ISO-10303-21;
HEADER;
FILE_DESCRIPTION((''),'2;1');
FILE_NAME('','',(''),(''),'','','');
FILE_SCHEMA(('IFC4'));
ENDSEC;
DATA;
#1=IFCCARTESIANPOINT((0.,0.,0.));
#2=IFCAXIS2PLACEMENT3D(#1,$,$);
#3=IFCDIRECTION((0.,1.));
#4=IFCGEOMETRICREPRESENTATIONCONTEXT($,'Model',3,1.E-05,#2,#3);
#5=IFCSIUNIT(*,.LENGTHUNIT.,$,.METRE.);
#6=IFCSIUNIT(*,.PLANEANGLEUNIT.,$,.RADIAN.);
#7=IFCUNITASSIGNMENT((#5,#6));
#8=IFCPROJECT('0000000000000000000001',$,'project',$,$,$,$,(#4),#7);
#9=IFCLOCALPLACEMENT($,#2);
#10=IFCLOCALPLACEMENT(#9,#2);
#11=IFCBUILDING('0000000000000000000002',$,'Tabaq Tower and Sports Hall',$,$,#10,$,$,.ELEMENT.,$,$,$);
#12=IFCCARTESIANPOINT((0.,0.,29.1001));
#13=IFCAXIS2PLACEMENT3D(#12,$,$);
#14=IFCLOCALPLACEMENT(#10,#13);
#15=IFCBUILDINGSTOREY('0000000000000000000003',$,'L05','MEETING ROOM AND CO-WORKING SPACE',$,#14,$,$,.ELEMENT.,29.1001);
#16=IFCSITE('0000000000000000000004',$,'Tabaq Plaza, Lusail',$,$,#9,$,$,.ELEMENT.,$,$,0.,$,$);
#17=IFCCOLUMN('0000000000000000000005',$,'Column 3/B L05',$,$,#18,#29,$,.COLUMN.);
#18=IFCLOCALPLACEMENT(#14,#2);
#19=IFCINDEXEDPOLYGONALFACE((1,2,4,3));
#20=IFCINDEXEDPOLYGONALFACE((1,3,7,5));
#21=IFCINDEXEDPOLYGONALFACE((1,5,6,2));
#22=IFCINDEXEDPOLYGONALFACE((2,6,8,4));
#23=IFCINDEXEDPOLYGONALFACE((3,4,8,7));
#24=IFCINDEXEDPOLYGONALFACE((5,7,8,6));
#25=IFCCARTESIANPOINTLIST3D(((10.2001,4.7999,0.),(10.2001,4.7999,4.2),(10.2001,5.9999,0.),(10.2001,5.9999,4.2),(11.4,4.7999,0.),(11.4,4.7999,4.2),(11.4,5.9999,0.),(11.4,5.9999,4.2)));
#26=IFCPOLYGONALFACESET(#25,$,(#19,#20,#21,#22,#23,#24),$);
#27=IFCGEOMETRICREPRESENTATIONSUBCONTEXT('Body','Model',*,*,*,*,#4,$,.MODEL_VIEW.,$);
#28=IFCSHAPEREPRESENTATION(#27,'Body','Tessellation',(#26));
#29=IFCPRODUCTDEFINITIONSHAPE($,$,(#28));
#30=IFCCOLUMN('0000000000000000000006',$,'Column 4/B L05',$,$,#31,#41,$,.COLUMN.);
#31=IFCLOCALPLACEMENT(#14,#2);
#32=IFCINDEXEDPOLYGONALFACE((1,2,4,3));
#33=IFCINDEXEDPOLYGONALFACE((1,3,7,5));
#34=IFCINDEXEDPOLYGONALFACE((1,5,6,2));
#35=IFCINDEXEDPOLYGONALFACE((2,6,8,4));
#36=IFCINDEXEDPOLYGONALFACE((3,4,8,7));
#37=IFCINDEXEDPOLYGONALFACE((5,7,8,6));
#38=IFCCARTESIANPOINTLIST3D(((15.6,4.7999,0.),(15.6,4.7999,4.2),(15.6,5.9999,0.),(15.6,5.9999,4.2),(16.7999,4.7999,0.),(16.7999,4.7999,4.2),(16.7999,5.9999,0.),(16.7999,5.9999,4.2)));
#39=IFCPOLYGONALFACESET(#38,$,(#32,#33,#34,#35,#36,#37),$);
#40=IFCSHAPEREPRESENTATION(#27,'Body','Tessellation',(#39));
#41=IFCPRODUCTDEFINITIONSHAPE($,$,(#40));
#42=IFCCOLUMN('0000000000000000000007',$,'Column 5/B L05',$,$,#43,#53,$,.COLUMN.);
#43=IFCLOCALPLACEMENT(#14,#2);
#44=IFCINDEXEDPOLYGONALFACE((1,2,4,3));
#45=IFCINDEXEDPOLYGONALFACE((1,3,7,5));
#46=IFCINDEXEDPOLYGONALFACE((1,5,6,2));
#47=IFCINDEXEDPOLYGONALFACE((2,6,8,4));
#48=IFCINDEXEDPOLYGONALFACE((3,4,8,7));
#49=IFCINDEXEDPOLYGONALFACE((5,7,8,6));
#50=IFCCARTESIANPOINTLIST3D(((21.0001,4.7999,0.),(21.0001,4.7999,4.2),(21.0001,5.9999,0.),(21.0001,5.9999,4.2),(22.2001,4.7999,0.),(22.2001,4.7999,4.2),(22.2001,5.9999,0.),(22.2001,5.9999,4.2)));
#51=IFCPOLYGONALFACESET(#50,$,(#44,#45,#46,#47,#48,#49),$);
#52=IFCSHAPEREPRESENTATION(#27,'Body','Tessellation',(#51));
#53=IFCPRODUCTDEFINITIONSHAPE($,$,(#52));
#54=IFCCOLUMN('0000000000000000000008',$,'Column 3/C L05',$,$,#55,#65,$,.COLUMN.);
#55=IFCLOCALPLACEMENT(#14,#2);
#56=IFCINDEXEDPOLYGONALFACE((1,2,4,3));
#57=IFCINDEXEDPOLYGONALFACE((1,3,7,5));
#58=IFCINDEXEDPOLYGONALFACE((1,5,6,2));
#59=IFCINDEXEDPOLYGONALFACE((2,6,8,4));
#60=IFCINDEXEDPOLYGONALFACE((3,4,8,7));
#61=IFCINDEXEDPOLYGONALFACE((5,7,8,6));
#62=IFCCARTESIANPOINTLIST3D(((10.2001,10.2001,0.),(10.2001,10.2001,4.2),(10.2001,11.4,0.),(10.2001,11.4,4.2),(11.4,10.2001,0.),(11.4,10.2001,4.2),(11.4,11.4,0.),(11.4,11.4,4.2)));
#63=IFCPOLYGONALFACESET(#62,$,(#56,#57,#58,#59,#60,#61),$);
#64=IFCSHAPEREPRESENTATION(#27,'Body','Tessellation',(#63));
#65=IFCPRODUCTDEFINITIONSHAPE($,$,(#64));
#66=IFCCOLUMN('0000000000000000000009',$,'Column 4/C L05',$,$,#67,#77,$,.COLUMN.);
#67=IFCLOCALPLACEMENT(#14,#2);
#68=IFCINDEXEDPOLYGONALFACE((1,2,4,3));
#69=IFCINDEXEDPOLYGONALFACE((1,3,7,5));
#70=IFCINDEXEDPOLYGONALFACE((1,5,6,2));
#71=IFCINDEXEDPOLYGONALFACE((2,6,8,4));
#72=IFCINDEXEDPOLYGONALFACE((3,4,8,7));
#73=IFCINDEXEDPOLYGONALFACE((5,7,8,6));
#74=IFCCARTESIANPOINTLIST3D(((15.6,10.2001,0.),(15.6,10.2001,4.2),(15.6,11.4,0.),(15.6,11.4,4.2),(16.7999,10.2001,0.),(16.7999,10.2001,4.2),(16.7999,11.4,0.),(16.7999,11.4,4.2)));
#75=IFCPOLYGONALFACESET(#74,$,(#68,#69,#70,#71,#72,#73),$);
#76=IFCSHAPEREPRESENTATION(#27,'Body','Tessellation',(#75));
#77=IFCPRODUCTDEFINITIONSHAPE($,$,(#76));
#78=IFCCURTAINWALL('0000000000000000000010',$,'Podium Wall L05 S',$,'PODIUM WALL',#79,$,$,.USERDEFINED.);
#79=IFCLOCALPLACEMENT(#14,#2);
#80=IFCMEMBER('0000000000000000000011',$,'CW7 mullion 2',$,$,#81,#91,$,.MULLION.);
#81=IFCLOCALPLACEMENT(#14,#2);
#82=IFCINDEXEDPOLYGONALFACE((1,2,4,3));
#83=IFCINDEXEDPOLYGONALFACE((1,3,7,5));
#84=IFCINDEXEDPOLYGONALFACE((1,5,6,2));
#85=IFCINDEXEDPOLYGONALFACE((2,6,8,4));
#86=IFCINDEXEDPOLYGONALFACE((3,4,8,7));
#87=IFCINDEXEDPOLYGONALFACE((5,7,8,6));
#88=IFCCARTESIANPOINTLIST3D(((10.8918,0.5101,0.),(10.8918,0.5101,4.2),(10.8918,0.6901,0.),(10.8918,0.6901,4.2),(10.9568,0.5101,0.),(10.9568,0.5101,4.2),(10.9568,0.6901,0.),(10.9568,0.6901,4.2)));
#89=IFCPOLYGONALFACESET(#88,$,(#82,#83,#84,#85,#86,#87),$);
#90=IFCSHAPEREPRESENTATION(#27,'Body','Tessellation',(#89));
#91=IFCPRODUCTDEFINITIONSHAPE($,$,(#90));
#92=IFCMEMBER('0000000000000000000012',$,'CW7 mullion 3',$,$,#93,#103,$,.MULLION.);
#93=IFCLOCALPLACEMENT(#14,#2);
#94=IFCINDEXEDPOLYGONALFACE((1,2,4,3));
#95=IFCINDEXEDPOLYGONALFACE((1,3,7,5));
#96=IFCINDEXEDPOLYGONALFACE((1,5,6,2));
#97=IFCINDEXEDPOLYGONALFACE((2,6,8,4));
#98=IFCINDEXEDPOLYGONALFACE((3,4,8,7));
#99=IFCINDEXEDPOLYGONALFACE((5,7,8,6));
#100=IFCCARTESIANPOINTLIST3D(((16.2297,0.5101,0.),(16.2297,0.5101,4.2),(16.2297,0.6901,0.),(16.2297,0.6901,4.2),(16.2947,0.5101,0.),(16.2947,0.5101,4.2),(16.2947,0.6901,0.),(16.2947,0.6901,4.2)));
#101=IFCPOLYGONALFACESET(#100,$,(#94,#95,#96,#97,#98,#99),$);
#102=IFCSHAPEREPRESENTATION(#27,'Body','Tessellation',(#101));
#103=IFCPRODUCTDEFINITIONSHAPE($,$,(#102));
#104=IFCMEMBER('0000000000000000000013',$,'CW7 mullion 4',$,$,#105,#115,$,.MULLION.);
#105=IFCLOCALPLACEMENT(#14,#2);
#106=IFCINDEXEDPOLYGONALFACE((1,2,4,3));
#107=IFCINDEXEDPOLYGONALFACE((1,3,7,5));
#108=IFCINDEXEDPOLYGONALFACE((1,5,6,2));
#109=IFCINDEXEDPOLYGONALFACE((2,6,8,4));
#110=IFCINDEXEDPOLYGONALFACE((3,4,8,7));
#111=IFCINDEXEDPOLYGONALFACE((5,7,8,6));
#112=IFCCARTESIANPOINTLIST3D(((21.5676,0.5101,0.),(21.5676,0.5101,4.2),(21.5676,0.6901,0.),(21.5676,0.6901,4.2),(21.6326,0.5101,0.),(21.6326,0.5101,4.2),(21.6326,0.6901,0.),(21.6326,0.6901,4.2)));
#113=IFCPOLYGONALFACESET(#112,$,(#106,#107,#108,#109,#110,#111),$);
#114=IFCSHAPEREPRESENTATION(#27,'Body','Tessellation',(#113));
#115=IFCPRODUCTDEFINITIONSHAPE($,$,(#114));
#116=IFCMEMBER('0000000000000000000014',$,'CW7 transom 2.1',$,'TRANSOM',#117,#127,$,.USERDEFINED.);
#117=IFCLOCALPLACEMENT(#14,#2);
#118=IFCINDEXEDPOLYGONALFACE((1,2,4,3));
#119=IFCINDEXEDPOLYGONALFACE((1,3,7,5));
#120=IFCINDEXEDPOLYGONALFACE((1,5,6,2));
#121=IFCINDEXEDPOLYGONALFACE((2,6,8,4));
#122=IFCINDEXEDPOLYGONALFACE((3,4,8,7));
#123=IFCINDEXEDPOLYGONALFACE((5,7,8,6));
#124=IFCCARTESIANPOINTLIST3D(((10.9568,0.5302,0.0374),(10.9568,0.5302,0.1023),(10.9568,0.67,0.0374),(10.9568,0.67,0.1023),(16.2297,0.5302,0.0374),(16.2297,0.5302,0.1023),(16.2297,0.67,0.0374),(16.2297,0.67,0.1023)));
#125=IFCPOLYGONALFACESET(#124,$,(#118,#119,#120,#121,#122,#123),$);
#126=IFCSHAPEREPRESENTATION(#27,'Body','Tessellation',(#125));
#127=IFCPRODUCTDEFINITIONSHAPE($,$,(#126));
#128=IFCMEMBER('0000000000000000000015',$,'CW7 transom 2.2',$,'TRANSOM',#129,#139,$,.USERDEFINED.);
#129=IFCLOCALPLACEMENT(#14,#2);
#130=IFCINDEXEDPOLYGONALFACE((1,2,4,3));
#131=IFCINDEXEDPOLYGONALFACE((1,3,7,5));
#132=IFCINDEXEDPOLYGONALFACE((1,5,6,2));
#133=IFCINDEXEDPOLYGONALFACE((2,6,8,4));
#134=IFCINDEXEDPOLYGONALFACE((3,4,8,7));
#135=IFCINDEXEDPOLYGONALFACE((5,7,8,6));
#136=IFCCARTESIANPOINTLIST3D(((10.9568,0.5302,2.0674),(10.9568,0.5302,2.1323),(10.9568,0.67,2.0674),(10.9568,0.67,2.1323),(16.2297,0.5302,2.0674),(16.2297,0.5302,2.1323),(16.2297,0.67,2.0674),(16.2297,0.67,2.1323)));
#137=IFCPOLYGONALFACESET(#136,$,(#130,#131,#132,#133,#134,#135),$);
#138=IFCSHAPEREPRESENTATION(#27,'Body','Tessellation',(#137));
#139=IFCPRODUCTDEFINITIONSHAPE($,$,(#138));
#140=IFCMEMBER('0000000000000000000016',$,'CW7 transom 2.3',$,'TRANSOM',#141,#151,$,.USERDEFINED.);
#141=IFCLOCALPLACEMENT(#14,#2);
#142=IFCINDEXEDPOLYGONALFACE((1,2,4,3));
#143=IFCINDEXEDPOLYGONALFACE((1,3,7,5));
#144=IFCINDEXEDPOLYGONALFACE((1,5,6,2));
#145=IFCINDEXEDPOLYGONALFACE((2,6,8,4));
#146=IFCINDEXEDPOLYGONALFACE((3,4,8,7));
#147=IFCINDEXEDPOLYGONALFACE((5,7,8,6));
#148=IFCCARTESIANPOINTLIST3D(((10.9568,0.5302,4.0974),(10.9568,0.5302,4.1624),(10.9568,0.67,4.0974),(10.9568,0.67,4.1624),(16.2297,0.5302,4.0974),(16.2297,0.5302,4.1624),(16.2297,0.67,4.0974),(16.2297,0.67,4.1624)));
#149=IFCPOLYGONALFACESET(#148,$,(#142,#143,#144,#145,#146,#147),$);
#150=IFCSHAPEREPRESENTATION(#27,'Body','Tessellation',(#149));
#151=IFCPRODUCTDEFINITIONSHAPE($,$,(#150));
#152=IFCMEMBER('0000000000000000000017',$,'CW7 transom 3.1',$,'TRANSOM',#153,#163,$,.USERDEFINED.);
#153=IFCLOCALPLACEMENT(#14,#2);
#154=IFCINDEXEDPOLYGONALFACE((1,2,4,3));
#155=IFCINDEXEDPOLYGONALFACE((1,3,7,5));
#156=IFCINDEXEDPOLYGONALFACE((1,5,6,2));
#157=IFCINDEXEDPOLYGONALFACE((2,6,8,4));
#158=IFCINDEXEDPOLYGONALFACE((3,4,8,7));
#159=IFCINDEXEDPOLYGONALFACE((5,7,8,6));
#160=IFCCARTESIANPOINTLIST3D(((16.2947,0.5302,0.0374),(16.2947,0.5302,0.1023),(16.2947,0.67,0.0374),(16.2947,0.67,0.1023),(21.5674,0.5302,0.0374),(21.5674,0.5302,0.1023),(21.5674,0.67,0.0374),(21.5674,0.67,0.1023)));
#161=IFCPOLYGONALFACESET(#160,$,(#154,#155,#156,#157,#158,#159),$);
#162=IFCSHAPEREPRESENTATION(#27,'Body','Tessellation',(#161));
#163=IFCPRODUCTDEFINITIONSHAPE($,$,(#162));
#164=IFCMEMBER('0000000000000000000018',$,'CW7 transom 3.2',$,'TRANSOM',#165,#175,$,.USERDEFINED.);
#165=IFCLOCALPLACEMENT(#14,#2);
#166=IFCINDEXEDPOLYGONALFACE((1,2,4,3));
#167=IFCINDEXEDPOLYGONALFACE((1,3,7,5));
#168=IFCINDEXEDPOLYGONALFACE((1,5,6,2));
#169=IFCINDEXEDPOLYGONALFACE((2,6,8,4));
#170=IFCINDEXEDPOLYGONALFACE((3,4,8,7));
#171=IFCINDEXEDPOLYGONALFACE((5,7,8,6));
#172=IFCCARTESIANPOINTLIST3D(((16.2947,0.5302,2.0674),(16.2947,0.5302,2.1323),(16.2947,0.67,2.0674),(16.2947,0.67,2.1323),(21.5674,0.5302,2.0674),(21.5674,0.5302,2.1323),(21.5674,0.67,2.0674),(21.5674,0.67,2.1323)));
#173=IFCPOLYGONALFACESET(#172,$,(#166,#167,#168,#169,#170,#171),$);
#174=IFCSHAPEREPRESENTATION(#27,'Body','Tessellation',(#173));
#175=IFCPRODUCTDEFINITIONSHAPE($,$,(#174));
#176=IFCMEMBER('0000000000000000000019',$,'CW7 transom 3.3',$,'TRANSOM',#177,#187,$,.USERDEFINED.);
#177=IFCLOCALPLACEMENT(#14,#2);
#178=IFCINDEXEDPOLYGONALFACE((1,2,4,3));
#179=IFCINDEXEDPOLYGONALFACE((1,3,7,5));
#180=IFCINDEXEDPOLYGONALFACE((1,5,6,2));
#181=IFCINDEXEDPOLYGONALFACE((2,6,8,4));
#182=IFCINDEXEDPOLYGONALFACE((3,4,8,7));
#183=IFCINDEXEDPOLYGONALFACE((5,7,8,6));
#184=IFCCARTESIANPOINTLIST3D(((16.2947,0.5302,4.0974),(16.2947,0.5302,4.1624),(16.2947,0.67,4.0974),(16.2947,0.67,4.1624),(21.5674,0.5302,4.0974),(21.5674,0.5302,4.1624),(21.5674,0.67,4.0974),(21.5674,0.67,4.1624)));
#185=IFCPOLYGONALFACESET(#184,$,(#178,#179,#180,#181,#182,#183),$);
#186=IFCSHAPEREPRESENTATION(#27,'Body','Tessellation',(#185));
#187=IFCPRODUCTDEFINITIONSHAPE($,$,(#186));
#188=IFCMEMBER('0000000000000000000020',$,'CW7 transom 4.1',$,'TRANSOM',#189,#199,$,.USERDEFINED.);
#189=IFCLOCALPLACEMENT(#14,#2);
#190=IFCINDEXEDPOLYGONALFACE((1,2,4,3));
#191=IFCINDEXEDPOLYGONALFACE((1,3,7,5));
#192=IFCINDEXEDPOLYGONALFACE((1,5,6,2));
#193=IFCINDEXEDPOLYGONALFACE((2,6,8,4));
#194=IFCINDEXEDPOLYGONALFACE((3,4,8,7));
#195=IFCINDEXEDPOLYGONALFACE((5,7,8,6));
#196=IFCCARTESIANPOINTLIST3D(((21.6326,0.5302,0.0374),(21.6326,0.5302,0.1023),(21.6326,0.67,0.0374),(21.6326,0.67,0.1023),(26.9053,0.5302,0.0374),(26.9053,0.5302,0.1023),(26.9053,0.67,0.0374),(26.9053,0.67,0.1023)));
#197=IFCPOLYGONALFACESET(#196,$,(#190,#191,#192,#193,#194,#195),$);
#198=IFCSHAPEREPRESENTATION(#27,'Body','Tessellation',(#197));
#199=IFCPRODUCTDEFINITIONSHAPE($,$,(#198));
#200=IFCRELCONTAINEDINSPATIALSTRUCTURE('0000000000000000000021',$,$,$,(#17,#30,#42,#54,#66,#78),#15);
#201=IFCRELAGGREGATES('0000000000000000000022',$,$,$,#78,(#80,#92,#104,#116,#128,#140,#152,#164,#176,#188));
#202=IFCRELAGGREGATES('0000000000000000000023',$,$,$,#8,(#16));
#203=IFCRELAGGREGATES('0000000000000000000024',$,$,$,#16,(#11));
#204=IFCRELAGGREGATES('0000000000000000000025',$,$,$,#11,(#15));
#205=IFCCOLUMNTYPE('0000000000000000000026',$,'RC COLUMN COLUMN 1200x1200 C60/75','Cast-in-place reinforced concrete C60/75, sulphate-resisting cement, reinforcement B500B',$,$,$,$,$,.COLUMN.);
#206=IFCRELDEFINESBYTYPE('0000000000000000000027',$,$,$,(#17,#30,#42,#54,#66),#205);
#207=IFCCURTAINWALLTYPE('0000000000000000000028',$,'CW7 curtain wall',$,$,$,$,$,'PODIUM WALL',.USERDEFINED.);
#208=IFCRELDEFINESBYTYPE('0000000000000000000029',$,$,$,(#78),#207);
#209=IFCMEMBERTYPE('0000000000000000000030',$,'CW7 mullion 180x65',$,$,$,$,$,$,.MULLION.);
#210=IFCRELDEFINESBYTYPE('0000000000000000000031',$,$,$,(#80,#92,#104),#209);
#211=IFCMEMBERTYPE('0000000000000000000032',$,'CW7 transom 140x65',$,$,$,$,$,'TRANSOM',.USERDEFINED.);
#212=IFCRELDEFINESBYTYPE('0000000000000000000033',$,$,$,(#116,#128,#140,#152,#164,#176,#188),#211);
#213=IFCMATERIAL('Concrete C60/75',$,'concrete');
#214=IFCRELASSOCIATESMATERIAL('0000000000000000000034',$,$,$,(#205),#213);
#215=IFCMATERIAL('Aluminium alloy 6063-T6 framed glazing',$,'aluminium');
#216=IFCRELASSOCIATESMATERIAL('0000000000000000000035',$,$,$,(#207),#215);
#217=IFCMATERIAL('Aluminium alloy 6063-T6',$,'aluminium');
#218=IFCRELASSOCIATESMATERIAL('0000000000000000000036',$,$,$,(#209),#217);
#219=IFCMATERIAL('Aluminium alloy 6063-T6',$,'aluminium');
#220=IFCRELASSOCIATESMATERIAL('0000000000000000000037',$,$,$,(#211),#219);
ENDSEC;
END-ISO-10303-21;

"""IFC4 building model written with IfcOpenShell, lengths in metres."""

from ifc_helpers import new_model, si_unit, direction, frame, origin, origin_2d, place, context, subcontext, project, spatial, rectangle, extrude, material, material_profile, profile_set, type_object, element, aggregate, save


model = new_model("IFC4")

# Units and contexts
model_context = context("Model", 3, precision=1e-05, world=origin(), true_north=direction((0.0, 1.0)))
body_context = subcontext(model_context, "Body", "Model", "MODEL_VIEW")
ifc_project = project(units=[si_unit("LENGTHUNIT", "METRE"), si_unit("PLANEANGLEUNIT", "RADIAN")], contexts=[model_context])

# Site, building, storey
site_placement = place(None, origin())
site = spatial("IfcSite", under=ifc_project, at=site_placement, Name="Tabaq Plaza, Lusail", CompositionType="ELEMENT", RefElevation=0.0)
building_placement = place(site_placement, origin())
building = spatial("IfcBuilding", under=site, at=building_placement, Name="Tabaq Tower and Sports Hall", CompositionType="ELEMENT")
storey_placement = place(building_placement, frame((0.0, 0.0, 29.1001)))
storey = spatial("IfcBuildingStorey", under=building, at=storey_placement, Name="L05", Description="MEETING ROOM AND CO-WORKING SPACE", CompositionType="ELEMENT", Elevation=29.1001)

# Columns
ifc_material_1 = material(Name="Concrete C60/75", Category="concrete")
ifc_material_profile_1 = material_profile(ifc_material_1, rectangle(XDim=1.2, YDim=1.2, at=origin_2d()), Name="COLUMN 1200x1200")
ifc_profile_set_1 = profile_set([ifc_material_profile_1], Name="Concrete C60/75")
column_type = type_object("IfcColumnType", Name="RC COLUMN COLUMN 1200x1200 C60/75", Description="Cast-in-place reinforced concrete C60/75, sulphate-resisting cement, reinforcement B500B", PredefinedType="COLUMN", material=ifc_profile_set_1)
for number, where, z_axis, x_axis, name in (
    (1, (10.8, 5.3999, 0.0), (0.0, 0.0, 1.0), (1.0, 0.0, 0.0), "Column 3/B L05"),
    (2, (16.2, 5.3999, 0.0), (0.0, 0.0, 1.0), (1.0, 0.0, 0.0), "Column 4/B L05"),
    (3, (21.6001, 5.3999, 0.0), (0.0, 0.0, 1.0), (1.0, 0.0, 0.0), "Column 5/B L05"),
    (4, (10.8, 10.8, 0.0), (0.0, 0.0, 1.0), (1.0, 0.0, 0.0), "Column 3/C L05"),
    (5, (16.2, 10.8, 0.0), (0.0, 0.0, 1.0), (1.0, 0.0, 0.0), "Column 4/C L05"),
):
    element("IfcColumn", number, at=place(storey_placement, frame(where, z_axis=z_axis, x_axis=x_axis)), inside=storey, type_object=column_type, Name=name, PredefinedType="COLUMN", context=body_context, shape_type="SweptSolid", body=[
        extrude(rectangle(XDim=1.2, YDim=1.2, at=origin_2d()), origin(), (0.0, 0.0, 1.0), 4.2),
    ])

# Curtain wall, members
ifc_material_2 = material(Name="Aluminium alloy 6063-T6 framed glazing", Category="aluminium")
curtain_wall_type = type_object("IfcCurtainWallType", Name="CW7 curtain wall", ElementType="PODIUM WALL", PredefinedType="USERDEFINED", material=ifc_material_2)
curtain_wall_placement = place(storey_placement, origin())
curtain_wall = element("IfcCurtainWall", 6, at=curtain_wall_placement, inside=storey, type_object=curtain_wall_type, Name="Podium Wall L05 S", ObjectType="PODIUM WALL", PredefinedType="USERDEFINED")
ifc_material_3 = material(Name="Aluminium alloy 6063-T6", Category="aluminium")
ifc_material_profile_2 = material_profile(ifc_material_3, rectangle(XDim=0.1799, YDim=0.0649, at=origin_2d()), Name="MULLION 180x65")
ifc_profile_set_2 = profile_set([ifc_material_profile_2], Name="Aluminium alloy 6063-T6")
member_type_1 = type_object("IfcMemberType", Name="CW7 mullion 180x65", PredefinedType="MULLION", material=ifc_profile_set_2)
member_1_placement = place(storey_placement, frame((10.9243, 0.6001, 0.0), z_axis=(0.0, 0.0, 1.0), x_axis=(0.0, 1.0, 0.0)))
member_1 = element("IfcMember", 7, at=member_1_placement, type_object=member_type_1, Name="CW7 mullion 2", PredefinedType="MULLION", context=body_context, shape_type="SweptSolid", body=[
    extrude(rectangle(XDim=0.1799, YDim=0.0649, at=origin_2d()), origin(), (0.0, 0.0, 1.0), 4.2),
])
member_2_placement = place(storey_placement, frame((16.2622, 0.6001, 0.0), z_axis=(0.0, 0.0, 1.0), x_axis=(0.0, 1.0, 0.0)))
member_2 = element("IfcMember", 8, at=member_2_placement, type_object=member_type_1, Name="CW7 mullion 3", PredefinedType="MULLION", context=body_context, shape_type="SweptSolid", body=[
    extrude(rectangle(XDim=0.1799, YDim=0.0649, at=origin_2d()), origin(), (0.0, 0.0, 1.0), 4.2),
])
member_3_placement = place(storey_placement, frame((21.6001, 0.6001, 0.0), z_axis=(0.0, 0.0, 1.0), x_axis=(0.0, 1.0, 0.0)))
member_3 = element("IfcMember", 9, at=member_3_placement, type_object=member_type_1, Name="CW7 mullion 4", PredefinedType="MULLION", context=body_context, shape_type="SweptSolid", body=[
    extrude(rectangle(XDim=0.1799, YDim=0.0649, at=origin_2d()), origin(), (0.0, 0.0, 1.0), 4.2),
])
ifc_material_4 = material(Name="Aluminium alloy 6063-T6", Category="aluminium")
ifc_material_profile_3 = material_profile(ifc_material_4, rectangle(XDim=0.1399, YDim=0.0649, at=origin_2d()), Name="TRANSOM 140x65")
ifc_profile_set_3 = profile_set([ifc_material_profile_3], Name="Aluminium alloy 6063-T6")
member_type_2 = type_object("IfcMemberType", Name="CW7 transom 140x65", ElementType="TRANSOM", PredefinedType="USERDEFINED", material=ifc_profile_set_3)
member_4_placement = place(storey_placement, frame((10.9568, 0.6001, 0.0698), z_axis=(1.0, 0.0, 0.0), x_axis=(0.0, 1.0, 0.0)))
member_4 = element("IfcMember", 10, at=member_4_placement, type_object=member_type_2, Name="CW7 transom 2.1", ObjectType="TRANSOM", PredefinedType="USERDEFINED", context=body_context, shape_type="SweptSolid", body=[
    extrude(rectangle(XDim=0.1399, YDim=0.0649, at=origin_2d()), origin(), (0.0, 0.0, 1.0), 5.2729),
])
member_5_placement = place(storey_placement, frame((10.9568, 0.6001, 2.0999), z_axis=(1.0, 0.0, 0.0), x_axis=(0.0, 1.0, 0.0)))
member_5 = element("IfcMember", 11, at=member_5_placement, type_object=member_type_2, Name="CW7 transom 2.2", ObjectType="TRANSOM", PredefinedType="USERDEFINED", context=body_context, shape_type="SweptSolid", body=[
    extrude(rectangle(XDim=0.1399, YDim=0.0649, at=origin_2d()), origin(), (0.0, 0.0, 1.0), 5.2729),
])
member_6_placement = place(storey_placement, frame((10.9568, 0.6001, 4.1299), z_axis=(1.0, 0.0, 0.0), x_axis=(0.0, 1.0, 0.0)))
member_6 = element("IfcMember", 12, at=member_6_placement, type_object=member_type_2, Name="CW7 transom 2.3", ObjectType="TRANSOM", PredefinedType="USERDEFINED", context=body_context, shape_type="SweptSolid", body=[
    extrude(rectangle(XDim=0.1399, YDim=0.0649, at=origin_2d()), origin(), (0.0, 0.0, 1.0), 5.2729),
])
member_7_placement = place(storey_placement, frame((16.2947, 0.6001, 0.0698), z_axis=(1.0, 0.0, 0.0), x_axis=(0.0, 1.0, 0.0)))
member_7 = element("IfcMember", 13, at=member_7_placement, type_object=member_type_2, Name="CW7 transom 3.1", ObjectType="TRANSOM", PredefinedType="USERDEFINED", context=body_context, shape_type="SweptSolid", body=[
    extrude(rectangle(XDim=0.1399, YDim=0.0649, at=origin_2d()), origin(), (0.0, 0.0, 1.0), 5.2727),
])
member_8_placement = place(storey_placement, frame((16.2947, 0.6001, 2.0999), z_axis=(1.0, 0.0, 0.0), x_axis=(0.0, 1.0, 0.0)))
member_8 = element("IfcMember", 14, at=member_8_placement, type_object=member_type_2, Name="CW7 transom 3.2", ObjectType="TRANSOM", PredefinedType="USERDEFINED", context=body_context, shape_type="SweptSolid", body=[
    extrude(rectangle(XDim=0.1399, YDim=0.0649, at=origin_2d()), origin(), (0.0, 0.0, 1.0), 5.2727),
])
member_9_placement = place(storey_placement, frame((16.2947, 0.6001, 4.1299), z_axis=(1.0, 0.0, 0.0), x_axis=(0.0, 1.0, 0.0)))
member_9 = element("IfcMember", 15, at=member_9_placement, type_object=member_type_2, Name="CW7 transom 3.3", ObjectType="TRANSOM", PredefinedType="USERDEFINED", context=body_context, shape_type="SweptSolid", body=[
    extrude(rectangle(XDim=0.1399, YDim=0.0649, at=origin_2d()), origin(), (0.0, 0.0, 1.0), 5.2727),
])
member_10_placement = place(storey_placement, frame((21.6326, 0.6001, 0.0698), z_axis=(1.0, 0.0, 0.0), x_axis=(0.0, 1.0, 0.0)))
member_10 = element("IfcMember", 16, at=member_10_placement, type_object=member_type_2, Name="CW7 transom 4.1", ObjectType="TRANSOM", PredefinedType="USERDEFINED", context=body_context, shape_type="SweptSolid", body=[
    extrude(rectangle(XDim=0.1399, YDim=0.0649, at=origin_2d()), origin(), (0.0, 0.0, 1.0), 5.2727),
])

aggregate(curtain_wall, [member_1, member_2, member_3, member_4, member_5, member_6, member_7, member_8, member_9, member_10])

save(model, "model.ifc")
